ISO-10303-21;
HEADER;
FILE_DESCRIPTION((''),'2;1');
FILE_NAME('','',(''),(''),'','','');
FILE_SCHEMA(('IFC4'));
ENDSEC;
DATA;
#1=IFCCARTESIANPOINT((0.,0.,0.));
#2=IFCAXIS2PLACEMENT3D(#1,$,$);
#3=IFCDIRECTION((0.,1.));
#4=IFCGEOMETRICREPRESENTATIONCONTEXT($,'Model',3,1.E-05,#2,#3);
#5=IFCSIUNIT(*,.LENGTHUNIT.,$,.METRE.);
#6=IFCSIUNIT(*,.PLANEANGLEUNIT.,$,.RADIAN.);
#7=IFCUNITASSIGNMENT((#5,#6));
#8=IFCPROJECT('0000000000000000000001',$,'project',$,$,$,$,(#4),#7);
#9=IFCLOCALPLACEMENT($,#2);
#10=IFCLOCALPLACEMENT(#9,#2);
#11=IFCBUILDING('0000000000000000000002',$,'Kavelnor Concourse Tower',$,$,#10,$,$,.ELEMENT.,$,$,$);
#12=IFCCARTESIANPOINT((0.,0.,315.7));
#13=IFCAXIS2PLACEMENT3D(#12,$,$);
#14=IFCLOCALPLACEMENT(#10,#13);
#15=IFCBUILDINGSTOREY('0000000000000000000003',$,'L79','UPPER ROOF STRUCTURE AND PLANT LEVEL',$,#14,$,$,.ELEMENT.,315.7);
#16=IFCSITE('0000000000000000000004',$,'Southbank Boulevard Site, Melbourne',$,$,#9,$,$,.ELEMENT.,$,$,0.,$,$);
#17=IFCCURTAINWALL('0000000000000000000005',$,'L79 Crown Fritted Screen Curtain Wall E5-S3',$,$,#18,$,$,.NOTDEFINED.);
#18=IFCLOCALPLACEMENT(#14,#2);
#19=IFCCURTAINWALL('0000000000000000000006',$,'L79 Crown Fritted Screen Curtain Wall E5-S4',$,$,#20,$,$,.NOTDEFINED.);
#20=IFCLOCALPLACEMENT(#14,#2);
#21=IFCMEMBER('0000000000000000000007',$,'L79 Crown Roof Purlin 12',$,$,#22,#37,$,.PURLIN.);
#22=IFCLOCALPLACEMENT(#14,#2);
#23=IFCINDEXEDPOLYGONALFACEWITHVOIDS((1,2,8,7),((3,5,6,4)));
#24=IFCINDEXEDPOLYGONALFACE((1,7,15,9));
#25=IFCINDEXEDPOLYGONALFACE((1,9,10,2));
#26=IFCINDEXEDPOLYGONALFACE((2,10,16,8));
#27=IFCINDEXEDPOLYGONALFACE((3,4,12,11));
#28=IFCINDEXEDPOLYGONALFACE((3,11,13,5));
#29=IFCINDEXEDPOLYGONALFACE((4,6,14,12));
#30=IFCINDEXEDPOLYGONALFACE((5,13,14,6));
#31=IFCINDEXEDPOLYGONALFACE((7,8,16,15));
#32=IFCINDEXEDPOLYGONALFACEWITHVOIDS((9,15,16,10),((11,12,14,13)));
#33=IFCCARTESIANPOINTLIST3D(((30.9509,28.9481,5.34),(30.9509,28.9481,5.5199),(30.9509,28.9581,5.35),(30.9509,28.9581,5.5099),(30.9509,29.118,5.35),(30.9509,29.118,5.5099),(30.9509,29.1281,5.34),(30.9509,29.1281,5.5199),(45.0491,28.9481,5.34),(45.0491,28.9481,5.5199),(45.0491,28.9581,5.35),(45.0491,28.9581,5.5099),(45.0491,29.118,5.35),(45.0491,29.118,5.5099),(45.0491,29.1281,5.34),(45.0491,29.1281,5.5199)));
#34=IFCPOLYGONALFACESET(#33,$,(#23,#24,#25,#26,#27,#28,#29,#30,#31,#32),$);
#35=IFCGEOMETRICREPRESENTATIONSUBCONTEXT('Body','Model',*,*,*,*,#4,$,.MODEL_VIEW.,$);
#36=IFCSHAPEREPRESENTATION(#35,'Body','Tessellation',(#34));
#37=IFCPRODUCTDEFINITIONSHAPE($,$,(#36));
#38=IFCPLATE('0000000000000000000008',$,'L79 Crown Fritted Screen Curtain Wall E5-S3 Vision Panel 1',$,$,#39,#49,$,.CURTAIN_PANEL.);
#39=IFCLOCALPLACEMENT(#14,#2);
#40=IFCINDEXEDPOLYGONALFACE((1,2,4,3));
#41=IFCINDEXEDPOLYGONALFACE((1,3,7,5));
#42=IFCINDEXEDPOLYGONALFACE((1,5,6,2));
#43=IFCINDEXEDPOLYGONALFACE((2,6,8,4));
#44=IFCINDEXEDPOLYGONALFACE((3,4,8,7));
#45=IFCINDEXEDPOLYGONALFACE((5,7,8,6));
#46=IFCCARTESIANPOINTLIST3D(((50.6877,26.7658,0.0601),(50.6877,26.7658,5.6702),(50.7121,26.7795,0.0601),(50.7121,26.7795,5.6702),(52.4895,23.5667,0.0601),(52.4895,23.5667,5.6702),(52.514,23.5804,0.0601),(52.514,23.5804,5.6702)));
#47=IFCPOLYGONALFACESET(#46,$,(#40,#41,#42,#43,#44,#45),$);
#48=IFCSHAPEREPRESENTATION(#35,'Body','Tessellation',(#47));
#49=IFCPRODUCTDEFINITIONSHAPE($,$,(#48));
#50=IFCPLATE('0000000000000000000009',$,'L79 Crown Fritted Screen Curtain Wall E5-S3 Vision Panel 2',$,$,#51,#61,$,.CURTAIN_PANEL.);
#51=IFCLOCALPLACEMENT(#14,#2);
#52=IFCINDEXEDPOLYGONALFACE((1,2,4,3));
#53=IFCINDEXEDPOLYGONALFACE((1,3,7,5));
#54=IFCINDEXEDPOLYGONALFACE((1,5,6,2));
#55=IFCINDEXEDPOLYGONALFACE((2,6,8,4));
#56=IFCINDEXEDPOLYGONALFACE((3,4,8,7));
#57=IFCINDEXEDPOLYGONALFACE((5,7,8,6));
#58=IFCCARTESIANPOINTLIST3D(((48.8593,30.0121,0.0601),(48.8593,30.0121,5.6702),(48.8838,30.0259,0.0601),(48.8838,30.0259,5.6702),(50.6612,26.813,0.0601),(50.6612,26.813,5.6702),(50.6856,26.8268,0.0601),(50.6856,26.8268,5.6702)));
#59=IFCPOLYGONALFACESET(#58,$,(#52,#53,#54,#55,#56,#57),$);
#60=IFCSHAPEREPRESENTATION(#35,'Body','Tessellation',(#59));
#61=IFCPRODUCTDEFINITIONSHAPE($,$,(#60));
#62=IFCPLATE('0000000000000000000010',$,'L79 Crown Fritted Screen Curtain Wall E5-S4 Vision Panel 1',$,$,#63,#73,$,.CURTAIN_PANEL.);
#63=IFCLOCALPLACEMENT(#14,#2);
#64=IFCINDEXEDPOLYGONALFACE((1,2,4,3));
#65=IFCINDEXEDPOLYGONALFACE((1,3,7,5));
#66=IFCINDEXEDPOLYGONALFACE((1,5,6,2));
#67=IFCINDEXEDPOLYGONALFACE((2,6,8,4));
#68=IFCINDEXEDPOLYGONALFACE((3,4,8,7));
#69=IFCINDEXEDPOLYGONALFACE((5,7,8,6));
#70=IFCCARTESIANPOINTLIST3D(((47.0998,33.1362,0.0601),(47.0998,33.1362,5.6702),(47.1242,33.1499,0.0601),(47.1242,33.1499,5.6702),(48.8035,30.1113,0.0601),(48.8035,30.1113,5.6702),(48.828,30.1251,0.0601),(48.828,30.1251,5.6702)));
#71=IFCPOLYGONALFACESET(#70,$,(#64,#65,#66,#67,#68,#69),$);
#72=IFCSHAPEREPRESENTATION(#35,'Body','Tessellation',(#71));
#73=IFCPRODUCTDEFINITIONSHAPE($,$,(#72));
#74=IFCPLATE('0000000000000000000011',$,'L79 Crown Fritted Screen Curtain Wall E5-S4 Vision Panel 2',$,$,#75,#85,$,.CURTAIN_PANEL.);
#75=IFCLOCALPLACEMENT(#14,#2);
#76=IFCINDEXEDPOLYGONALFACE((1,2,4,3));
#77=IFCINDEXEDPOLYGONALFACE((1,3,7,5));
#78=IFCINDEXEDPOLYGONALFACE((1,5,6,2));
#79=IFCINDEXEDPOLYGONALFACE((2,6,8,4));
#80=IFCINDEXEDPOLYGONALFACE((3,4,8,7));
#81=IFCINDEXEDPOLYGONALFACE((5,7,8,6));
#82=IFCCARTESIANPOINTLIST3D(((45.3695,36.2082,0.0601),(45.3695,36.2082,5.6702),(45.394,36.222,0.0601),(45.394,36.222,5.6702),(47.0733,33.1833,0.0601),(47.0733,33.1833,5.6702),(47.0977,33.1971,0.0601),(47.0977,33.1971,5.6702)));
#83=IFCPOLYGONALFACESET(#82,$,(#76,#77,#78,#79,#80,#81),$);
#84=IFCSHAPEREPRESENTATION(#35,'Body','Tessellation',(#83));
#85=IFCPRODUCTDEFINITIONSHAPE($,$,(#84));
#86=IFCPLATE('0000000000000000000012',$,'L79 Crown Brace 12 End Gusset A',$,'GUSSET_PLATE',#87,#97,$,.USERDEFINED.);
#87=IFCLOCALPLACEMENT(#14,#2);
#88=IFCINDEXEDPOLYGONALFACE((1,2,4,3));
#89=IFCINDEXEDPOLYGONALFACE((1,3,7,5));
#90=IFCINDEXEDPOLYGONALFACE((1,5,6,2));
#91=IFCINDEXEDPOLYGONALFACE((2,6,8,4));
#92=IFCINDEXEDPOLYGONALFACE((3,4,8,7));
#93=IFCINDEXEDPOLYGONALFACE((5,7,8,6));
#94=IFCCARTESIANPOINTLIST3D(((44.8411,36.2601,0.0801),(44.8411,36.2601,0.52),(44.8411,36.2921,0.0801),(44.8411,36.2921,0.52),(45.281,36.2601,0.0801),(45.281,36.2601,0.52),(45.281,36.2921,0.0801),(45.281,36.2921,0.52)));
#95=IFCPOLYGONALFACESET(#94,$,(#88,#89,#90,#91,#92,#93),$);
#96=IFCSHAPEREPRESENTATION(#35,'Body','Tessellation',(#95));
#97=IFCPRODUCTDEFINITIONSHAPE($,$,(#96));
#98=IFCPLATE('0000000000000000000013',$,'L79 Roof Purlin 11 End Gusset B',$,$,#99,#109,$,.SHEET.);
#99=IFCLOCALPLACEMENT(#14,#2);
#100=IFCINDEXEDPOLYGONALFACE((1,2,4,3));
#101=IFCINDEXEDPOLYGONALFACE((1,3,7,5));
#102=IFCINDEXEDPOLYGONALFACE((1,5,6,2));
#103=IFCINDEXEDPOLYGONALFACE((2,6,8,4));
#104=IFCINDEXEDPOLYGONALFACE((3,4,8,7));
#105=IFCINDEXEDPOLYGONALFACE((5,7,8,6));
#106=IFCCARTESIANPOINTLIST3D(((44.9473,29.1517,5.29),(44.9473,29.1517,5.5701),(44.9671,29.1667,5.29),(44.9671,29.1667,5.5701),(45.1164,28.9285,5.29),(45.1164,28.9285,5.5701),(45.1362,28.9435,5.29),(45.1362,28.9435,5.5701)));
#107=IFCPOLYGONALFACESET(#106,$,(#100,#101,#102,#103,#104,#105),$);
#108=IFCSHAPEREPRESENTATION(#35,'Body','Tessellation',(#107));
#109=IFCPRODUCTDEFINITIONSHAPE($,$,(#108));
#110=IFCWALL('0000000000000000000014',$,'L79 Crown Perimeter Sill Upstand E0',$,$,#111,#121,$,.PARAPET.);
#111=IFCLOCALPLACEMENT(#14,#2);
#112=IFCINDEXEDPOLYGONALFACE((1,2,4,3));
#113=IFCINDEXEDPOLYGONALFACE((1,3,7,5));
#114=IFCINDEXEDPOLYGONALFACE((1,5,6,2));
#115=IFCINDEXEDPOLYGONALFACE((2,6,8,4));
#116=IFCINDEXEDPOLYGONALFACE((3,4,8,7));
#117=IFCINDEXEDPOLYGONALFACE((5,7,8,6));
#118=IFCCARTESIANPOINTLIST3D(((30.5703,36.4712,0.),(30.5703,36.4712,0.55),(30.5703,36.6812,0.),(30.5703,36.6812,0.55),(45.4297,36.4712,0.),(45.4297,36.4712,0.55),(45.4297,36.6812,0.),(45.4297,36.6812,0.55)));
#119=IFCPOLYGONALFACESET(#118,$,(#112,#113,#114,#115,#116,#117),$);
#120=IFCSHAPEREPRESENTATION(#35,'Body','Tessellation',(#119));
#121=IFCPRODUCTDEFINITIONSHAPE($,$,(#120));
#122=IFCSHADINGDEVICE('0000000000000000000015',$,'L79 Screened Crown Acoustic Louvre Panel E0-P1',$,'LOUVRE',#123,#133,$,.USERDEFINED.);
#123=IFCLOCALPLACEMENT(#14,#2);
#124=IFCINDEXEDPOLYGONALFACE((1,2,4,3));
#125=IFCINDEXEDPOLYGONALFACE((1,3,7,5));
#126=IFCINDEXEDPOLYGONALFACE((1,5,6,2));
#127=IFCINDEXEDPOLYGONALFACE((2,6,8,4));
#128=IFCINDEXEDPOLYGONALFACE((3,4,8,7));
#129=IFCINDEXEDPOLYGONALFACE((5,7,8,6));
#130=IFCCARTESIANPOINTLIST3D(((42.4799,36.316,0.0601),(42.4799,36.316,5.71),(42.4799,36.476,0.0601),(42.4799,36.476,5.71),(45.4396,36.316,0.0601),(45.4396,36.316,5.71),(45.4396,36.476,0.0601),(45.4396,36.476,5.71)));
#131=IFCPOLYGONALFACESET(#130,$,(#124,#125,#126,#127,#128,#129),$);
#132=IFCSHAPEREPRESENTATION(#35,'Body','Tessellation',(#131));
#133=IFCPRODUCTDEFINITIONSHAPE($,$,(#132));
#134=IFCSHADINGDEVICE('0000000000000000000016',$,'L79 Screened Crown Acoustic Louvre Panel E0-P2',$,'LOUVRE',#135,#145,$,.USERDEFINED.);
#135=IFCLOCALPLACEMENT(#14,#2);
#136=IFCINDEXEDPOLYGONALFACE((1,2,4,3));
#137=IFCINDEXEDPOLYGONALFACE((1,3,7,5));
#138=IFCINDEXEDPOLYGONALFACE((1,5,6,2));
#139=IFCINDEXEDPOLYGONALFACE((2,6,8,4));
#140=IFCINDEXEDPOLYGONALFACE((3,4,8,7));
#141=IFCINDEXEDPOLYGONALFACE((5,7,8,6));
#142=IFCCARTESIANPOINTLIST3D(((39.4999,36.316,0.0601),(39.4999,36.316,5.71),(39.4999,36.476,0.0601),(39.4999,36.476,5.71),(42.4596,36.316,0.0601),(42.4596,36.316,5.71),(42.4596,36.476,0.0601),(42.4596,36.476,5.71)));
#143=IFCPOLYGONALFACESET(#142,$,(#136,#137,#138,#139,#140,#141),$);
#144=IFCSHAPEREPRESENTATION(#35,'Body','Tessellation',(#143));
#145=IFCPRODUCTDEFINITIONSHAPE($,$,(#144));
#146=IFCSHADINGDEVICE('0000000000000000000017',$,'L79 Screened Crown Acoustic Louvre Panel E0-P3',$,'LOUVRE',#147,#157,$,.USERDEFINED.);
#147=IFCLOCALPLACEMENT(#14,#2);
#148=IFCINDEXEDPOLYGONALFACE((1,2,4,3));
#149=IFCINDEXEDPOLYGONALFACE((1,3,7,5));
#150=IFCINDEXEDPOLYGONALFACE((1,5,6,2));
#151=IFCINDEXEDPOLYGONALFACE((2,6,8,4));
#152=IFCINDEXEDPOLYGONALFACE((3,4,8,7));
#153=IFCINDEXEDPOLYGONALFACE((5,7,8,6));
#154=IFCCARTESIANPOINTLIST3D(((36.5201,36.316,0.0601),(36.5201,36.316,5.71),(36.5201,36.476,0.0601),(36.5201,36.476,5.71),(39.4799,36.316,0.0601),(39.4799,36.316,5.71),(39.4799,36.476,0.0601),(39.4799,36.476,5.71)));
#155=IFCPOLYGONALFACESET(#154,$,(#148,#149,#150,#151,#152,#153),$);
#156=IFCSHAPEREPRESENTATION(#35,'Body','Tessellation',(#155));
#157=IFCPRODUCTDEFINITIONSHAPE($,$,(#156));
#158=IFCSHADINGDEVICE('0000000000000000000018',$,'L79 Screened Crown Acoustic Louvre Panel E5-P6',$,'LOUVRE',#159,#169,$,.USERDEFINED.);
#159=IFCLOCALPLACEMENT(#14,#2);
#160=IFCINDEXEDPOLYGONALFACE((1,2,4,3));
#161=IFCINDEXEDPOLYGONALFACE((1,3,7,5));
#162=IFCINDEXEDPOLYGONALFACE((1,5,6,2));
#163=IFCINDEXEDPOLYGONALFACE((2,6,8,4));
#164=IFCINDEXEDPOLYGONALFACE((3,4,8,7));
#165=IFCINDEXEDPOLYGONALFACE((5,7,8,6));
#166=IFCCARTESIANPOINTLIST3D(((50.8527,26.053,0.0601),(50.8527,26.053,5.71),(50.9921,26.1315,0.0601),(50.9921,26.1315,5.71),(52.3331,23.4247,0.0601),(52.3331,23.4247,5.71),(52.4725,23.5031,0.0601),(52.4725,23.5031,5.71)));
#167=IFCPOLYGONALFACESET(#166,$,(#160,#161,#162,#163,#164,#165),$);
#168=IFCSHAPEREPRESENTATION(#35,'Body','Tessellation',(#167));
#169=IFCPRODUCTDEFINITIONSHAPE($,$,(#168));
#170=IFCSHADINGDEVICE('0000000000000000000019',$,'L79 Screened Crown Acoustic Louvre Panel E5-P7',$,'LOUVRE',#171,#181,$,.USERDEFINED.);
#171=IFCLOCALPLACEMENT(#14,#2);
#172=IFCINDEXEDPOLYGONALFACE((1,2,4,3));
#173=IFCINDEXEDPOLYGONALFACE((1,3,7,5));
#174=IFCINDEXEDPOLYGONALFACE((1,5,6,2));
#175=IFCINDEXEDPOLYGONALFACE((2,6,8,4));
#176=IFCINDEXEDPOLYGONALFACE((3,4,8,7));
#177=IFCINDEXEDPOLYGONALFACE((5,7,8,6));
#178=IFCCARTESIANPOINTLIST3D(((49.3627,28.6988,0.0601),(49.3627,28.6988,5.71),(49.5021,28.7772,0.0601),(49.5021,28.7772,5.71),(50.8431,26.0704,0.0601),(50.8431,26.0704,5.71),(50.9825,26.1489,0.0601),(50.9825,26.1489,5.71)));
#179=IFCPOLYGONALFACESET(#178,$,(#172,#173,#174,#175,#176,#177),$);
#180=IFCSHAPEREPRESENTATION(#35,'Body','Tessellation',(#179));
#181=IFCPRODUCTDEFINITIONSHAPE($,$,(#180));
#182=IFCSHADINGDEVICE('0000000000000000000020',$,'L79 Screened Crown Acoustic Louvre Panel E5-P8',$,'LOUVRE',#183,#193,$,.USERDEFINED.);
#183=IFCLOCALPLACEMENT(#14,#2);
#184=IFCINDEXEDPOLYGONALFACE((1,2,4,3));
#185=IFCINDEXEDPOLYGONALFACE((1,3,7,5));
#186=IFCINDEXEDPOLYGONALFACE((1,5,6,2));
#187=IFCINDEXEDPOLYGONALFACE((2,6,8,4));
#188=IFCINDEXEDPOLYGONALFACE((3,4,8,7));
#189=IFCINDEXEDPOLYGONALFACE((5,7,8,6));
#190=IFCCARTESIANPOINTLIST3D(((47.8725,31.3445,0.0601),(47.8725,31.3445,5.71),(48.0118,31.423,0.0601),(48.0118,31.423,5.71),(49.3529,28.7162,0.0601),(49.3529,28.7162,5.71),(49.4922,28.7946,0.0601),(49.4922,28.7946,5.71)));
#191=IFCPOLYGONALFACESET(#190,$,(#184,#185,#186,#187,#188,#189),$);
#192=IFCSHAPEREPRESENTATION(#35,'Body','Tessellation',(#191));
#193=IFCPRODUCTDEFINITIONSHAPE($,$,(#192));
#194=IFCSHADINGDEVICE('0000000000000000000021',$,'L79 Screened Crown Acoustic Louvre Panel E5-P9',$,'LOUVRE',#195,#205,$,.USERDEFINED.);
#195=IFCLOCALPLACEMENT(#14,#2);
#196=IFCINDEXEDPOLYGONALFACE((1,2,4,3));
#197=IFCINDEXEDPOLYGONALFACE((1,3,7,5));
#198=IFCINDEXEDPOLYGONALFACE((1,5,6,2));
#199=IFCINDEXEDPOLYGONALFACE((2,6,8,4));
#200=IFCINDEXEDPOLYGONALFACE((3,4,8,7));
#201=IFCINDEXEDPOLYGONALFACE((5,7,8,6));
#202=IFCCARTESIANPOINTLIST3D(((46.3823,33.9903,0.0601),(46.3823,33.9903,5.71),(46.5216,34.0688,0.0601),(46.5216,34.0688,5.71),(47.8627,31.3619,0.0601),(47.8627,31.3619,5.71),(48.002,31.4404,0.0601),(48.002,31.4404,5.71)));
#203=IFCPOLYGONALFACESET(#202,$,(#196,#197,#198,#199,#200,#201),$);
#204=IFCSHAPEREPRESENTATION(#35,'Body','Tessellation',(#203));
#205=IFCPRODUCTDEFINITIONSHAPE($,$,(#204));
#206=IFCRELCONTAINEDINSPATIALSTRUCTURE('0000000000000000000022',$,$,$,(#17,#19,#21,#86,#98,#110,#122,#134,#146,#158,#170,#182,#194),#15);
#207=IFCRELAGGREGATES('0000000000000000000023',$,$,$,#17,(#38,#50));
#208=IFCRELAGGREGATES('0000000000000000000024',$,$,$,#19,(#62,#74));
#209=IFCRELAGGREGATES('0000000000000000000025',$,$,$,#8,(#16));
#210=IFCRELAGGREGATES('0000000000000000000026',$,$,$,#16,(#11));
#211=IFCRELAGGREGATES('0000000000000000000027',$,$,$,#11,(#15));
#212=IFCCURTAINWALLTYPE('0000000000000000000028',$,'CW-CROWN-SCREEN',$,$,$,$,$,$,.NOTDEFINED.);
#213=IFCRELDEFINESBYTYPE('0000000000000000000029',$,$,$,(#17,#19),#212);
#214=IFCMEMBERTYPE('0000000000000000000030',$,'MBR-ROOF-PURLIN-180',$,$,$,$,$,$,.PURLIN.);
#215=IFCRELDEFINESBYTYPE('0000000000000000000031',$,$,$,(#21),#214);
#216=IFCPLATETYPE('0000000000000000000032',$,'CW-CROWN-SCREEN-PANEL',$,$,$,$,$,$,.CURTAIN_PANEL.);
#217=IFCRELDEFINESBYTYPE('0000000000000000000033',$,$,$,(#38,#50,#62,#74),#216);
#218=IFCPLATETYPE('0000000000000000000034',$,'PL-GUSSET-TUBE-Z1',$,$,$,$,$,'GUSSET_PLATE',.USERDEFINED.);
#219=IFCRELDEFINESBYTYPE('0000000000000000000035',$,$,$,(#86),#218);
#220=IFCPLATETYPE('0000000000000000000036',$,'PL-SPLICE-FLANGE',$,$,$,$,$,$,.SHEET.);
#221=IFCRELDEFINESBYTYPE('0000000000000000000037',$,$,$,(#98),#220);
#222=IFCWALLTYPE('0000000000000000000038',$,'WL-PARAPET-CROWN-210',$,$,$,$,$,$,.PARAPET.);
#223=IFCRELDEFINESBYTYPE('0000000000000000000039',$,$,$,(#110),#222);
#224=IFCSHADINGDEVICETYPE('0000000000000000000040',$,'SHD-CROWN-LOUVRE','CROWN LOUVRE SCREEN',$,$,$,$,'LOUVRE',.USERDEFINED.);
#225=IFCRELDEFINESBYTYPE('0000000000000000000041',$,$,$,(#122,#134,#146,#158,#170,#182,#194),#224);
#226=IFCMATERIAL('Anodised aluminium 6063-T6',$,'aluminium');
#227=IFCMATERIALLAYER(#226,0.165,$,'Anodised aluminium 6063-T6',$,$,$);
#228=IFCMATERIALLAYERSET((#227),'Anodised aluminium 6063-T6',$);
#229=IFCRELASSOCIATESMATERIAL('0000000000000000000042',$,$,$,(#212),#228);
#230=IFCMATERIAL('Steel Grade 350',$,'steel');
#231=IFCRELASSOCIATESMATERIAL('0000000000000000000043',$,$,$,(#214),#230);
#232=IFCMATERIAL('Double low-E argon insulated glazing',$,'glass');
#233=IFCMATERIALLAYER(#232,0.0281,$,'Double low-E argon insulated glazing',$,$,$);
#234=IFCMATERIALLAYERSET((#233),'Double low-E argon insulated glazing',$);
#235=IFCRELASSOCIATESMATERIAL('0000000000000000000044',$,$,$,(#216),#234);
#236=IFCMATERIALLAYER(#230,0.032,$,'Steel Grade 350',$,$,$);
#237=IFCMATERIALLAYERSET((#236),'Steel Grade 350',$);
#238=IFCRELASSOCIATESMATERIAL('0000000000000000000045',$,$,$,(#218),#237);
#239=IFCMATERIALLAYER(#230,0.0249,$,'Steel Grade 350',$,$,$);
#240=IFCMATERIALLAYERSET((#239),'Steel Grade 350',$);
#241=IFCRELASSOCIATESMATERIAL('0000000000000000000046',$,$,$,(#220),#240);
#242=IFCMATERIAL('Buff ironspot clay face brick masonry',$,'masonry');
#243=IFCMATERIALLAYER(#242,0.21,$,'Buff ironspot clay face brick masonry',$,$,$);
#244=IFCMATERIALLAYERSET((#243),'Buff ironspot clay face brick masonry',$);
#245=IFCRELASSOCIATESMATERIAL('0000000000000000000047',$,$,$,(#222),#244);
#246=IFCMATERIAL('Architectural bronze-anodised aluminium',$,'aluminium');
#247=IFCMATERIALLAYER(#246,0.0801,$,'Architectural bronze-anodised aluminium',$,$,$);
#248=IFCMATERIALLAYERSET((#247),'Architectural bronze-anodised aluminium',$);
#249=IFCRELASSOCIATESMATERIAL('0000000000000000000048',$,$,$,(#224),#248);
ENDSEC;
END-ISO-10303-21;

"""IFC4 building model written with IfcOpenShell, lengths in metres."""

from ifc_helpers import new_model, si_unit, direction, frame, frame_2d, origin, origin_2d, place, context, subcontext, project, spatial, rectangle, hollow_rectangle, extrude, material, layer, layer_set, material_profile, profile_set, type_object, element, aggregate, save


model = new_model("IFC4")

# Units and contexts
model_context = context("Model", 3, precision=1e-05, world=origin(), true_north=direction((0.0, 1.0)))
body_context = subcontext(model_context, "Body", "Model", "MODEL_VIEW")
ifc_project = project(units=[si_unit("LENGTHUNIT", "METRE"), si_unit("PLANEANGLEUNIT", "RADIAN")], contexts=[model_context])

# Site, building, storey
site_placement = place(None, origin())
site = spatial("IfcSite", under=ifc_project, at=site_placement, Name="Southbank Boulevard Site, Melbourne", CompositionType="ELEMENT", RefElevation=0.0)
building_placement = place(site_placement, origin())
building = spatial("IfcBuilding", under=site, at=building_placement, Name="Kavelnor Concourse Tower", CompositionType="ELEMENT")
storey_placement = place(building_placement, frame((0.0, 0.0, 315.7)))
storey = spatial("IfcBuildingStorey", under=building, at=storey_placement, Name="L79", Description="UPPER ROOF STRUCTURE AND PLANT LEVEL", CompositionType="ELEMENT", Elevation=315.7)

# Shared definitions
ifc_material_1 = material(Name="Steel Grade 350", Category="steel")

# Curtain walls
ifc_material_2 = material(Name="Anodised aluminium 6063-T6", Category="aluminium")
ifc_layer_1 = layer(ifc_material_2, 0.165, Name="Anodised aluminium 6063-T6")
ifc_layer_set_1 = layer_set([ifc_layer_1], Name="Anodised aluminium 6063-T6")
curtain_wall_type = type_object("IfcCurtainWallType", Name="CW-CROWN-SCREEN", PredefinedType="NOTDEFINED", material=ifc_layer_set_1)
curtain_wall_1_placement = place(storey_placement, origin())
curtain_wall_1 = element("IfcCurtainWall", 1, at=curtain_wall_1_placement, inside=storey, type_object=curtain_wall_type, Name="L79 Crown Fritted Screen Curtain Wall E5-S3", PredefinedType="NOTDEFINED")
curtain_wall_2_placement = place(storey_placement, origin())
curtain_wall_2 = element("IfcCurtainWall", 2, at=curtain_wall_2_placement, inside=storey, type_object=curtain_wall_type, Name="L79 Crown Fritted Screen Curtain Wall E5-S4", PredefinedType="NOTDEFINED")

# Member
ifc_material_profile_1 = material_profile(ifc_material_1, hollow_rectangle(XDim=0.1799, YDim=0.1799, WallThickness=0.01, at=origin_2d()), Name="SHS 180x180x10")
ifc_profile_set_1 = profile_set([ifc_material_profile_1], Name="Steel Grade 350")
member_type_1 = type_object("IfcMemberType", Name="MBR-ROOF-PURLIN-180", PredefinedType="PURLIN", material=ifc_profile_set_1)
member_1_placement = place(storey_placement, frame((45.0491, 29.0381, 5.4299), z_axis=(-1.0, 0.0, 0.0), x_axis=(0.0, -1.0, 0.0)))
element("IfcMember", 3, at=member_1_placement, inside=storey, type_object=member_type_1, Name="L79 Crown Roof Purlin 12", PredefinedType="PURLIN", context=body_context, shape_type="SweptSolid", body=[
    extrude(hollow_rectangle(XDim=0.1799, YDim=0.1799, WallThickness=0.01, at=origin_2d()), origin(), (0.0, 0.0, 1.0), 14.0981),
])

# Plates
ifc_material_3 = material(Name="Double low-E argon insulated glazing", Category="glass")
ifc_layer_2 = layer(ifc_material_3, 0.0281, Name="Double low-E argon insulated glazing")
ifc_layer_set_2 = layer_set([ifc_layer_2], Name="Double low-E argon insulated glazing")
plate_type_1 = type_object("IfcPlateType", Name="CW-CROWN-SCREEN-PANEL", PredefinedType="CURTAIN_PANEL", material=ifc_layer_set_2)
plate_1_placement = place(storey_placement, frame((51.6008, 25.1731, 0.0601), z_axis=(0.0, 0.0, 1.0), x_axis=(-0.490752, 0.871299, 0.0)))
plate_1 = element("IfcPlate", 4, at=plate_1_placement, type_object=plate_type_1, Name="L79 Crown Fritted Screen Curtain Wall E5-S3 Vision Panel 1", PredefinedType="CURTAIN_PANEL", context=body_context, shape_type="SweptSolid", body=[
    extrude(rectangle(XDim=3.6716, YDim=0.0281, at=origin_2d()), origin(), (0.0, 0.0, 1.0), 5.6101),
])
plate_2_placement = place(storey_placement, frame((49.7725, 28.4194, 0.0601), z_axis=(0.0, 0.0, 1.0), x_axis=(-0.490752, 0.871299, 0.0)))
plate_2 = element("IfcPlate", 5, at=plate_2_placement, type_object=plate_type_1, Name="L79 Crown Fritted Screen Curtain Wall E5-S3 Vision Panel 2", PredefinedType="CURTAIN_PANEL", context=body_context, shape_type="SweptSolid", body=[
    extrude(rectangle(XDim=3.6716, YDim=0.0281, at=origin_2d()), origin(), (0.0, 0.0, 1.0), 5.6101),
])
aggregate(curtain_wall_1, [plate_1, plate_2])
plate_3_placement = place(storey_placement, frame((47.9639, 31.6306, 0.0601), z_axis=(0.0, 0.0, 1.0), x_axis=(-0.490752, 0.871299, 0.0)))
plate_3 = element("IfcPlate", 6, at=plate_3_placement, type_object=plate_type_1, Name="L79 Crown Fritted Screen Curtain Wall E5-S4 Vision Panel 1", PredefinedType="CURTAIN_PANEL", context=body_context, shape_type="SweptSolid", body=[
    extrude(rectangle(XDim=3.4717, YDim=0.0281, at=origin_2d()), origin(), (0.0, 0.0, 1.0), 5.6101),
])
plate_4_placement = place(storey_placement, frame((46.2336, 34.7026, 0.0601), z_axis=(0.0, 0.0, 1.0), x_axis=(-0.490752, 0.871299, 0.0)))
plate_4 = element("IfcPlate", 7, at=plate_4_placement, type_object=plate_type_1, Name="L79 Crown Fritted Screen Curtain Wall E5-S4 Vision Panel 2", PredefinedType="CURTAIN_PANEL", context=body_context, shape_type="SweptSolid", body=[
    extrude(rectangle(XDim=3.4717, YDim=0.0281, at=origin_2d()), origin(), (0.0, 0.0, 1.0), 5.6101),
])
aggregate(curtain_wall_2, [plate_3, plate_4])

# Plates
ifc_layer_3 = layer(ifc_material_1, 0.032, Name="Steel Grade 350")
ifc_layer_set_3 = layer_set([ifc_layer_3], Name="Steel Grade 350")
plate_type_2 = type_object("IfcPlateType", Name="PL-GUSSET-TUBE-Z1", ElementType="GUSSET_PLATE", PredefinedType="USERDEFINED", material=ifc_layer_set_3)
plate_5_placement = place(storey_placement, frame((45.061, 36.2761, 0.0801), z_axis=(0.0, 0.0, 1.0), x_axis=(-1.0, 0.0, 0.0)))
element("IfcPlate", 8, at=plate_5_placement, inside=storey, type_object=plate_type_2, Name="L79 Crown Brace 12 End Gusset A", ObjectType="GUSSET_PLATE", PredefinedType="USERDEFINED", context=body_context, shape_type="SweptSolid", body=[
    extrude(rectangle(XDim=0.4399, YDim=0.032, at=origin_2d()), origin(), (0.0, 0.0, 1.0), 0.4399),
])
ifc_layer_4 = layer(ifc_material_1, 0.0249, Name="Steel Grade 350")
ifc_layer_set_4 = layer_set([ifc_layer_4], Name="Steel Grade 350")
plate_type_3 = type_object("IfcPlateType", Name="PL-SPLICE-FLANGE", PredefinedType="SHEET", material=ifc_layer_set_4)
plate_6_placement = place(storey_placement, frame((45.0417, 29.0476, 5.29), z_axis=(0.0, 0.0, 1.0), x_axis=(-0.603904, 0.797057, 0.0)))
element("IfcPlate", 9, at=plate_6_placement, inside=storey, type_object=plate_type_3, Name="L79 Roof Purlin 11 End Gusset B", PredefinedType="SHEET", context=body_context, shape_type="SweptSolid", body=[
    extrude(rectangle(XDim=0.28, YDim=0.0249, at=origin_2d()), origin(), (0.0, 0.0, 1.0), 0.28),
])

# Wall
ifc_material_4 = material(Name="Buff ironspot clay face brick masonry", Category="masonry")
ifc_layer_5 = layer(ifc_material_4, 0.21, Name="Buff ironspot clay face brick masonry")
ifc_layer_set_5 = layer_set([ifc_layer_5], Name="Buff ironspot clay face brick masonry")
wall_type = type_object("IfcWallType", Name="WL-PARAPET-CROWN-210", PredefinedType="PARAPET", material=ifc_layer_set_5)
wall_placement = place(storey_placement, frame((45.4297, 36.5762, 0.0), z_axis=(0.0, 0.0, 1.0), x_axis=(-1.0, 0.0, 0.0)))
element("IfcWall", 10, at=wall_placement, inside=storey, type_object=wall_type, Name="L79 Crown Perimeter Sill Upstand E0", PredefinedType="PARAPET", context=body_context, shape_type="SweptSolid", body=[
    extrude(rectangle(XDim=14.8594, YDim=0.21, at=frame_2d((7.4297, 0.0))), origin(), (0.0, 0.0, 1.0), 0.55),
])

# Shading devices
ifc_material_5 = material(Name="Architectural bronze-anodised aluminium", Category="aluminium")
ifc_layer_6 = layer(ifc_material_5, 0.0801, Name="Architectural bronze-anodised aluminium")
ifc_layer_set_6 = layer_set([ifc_layer_6], Name="Architectural bronze-anodised aluminium")
shading_device_type = type_object("IfcShadingDeviceType", Name="SHD-CROWN-LOUVRE", Description="CROWN LOUVRE SCREEN", ElementType="LOUVRE", PredefinedType="USERDEFINED", material=ifc_layer_set_6)
for number, where, z_axis, x_axis, name in (
    (11, (43.9597, 36.396, 0.0601), (0.0, 0.0, 1.0), (-1.0, 0.0, 0.0), "L79 Screened Crown Acoustic Louvre Panel E0-P1"),
    (12, (40.9797, 36.396, 0.0601), (0.0, 0.0, 1.0), (-1.0, 0.0, 0.0), "L79 Screened Crown Acoustic Louvre Panel E0-P2"),
    (13, (38.0, 36.396, 0.0601), (0.0, 0.0, 1.0), (-1.0, 0.0, 0.0), "L79 Screened Crown Acoustic Louvre Panel E0-P3"),
):
    element("IfcShadingDevice", number, at=place(storey_placement, frame(where, z_axis=z_axis, x_axis=x_axis)), inside=storey, type_object=shading_device_type, Name=name, ObjectType="LOUVRE", PredefinedType="USERDEFINED", context=body_context, shape_type="SweptSolid", body=[
        extrude(rectangle(XDim=2.9597, YDim=0.1599, at=origin_2d()), origin(), (0.0, 0.0, 1.0), 5.6499),
    ])
for number, where, z_axis, x_axis, name in (
    (14, (51.6626, 24.7781, 0.0601), (0.0, 0.0, 1.0), (-0.490752, 0.871299, 0.0), "L79 Screened Crown Acoustic Louvre Panel E5-P6"),
    (15, (50.1726, 27.4238, 0.0601), (0.0, 0.0, 1.0), (-0.490752, 0.871299, 0.0), "L79 Screened Crown Acoustic Louvre Panel E5-P7"),
    (16, (48.6824, 30.0696, 0.0601), (0.0, 0.0, 1.0), (-0.490752, 0.871299, 0.0), "L79 Screened Crown Acoustic Louvre Panel E5-P8"),
    (17, (47.1921, 32.7153, 0.0601), (0.0, 0.0, 1.0), (-0.490752, 0.871299, 0.0), "L79 Screened Crown Acoustic Louvre Panel E5-P9"),
):
    element("IfcShadingDevice", number, at=place(storey_placement, frame(where, z_axis=z_axis, x_axis=x_axis)), inside=storey, type_object=shading_device_type, Name=name, ObjectType="LOUVRE", PredefinedType="USERDEFINED", context=body_context, shape_type="SweptSolid", body=[
        extrude(rectangle(XDim=3.0166, YDim=0.1599, at=origin_2d()), origin(), (0.0, 0.0, 1.0), 5.6499),
    ])

save(model, "model.ifc")
